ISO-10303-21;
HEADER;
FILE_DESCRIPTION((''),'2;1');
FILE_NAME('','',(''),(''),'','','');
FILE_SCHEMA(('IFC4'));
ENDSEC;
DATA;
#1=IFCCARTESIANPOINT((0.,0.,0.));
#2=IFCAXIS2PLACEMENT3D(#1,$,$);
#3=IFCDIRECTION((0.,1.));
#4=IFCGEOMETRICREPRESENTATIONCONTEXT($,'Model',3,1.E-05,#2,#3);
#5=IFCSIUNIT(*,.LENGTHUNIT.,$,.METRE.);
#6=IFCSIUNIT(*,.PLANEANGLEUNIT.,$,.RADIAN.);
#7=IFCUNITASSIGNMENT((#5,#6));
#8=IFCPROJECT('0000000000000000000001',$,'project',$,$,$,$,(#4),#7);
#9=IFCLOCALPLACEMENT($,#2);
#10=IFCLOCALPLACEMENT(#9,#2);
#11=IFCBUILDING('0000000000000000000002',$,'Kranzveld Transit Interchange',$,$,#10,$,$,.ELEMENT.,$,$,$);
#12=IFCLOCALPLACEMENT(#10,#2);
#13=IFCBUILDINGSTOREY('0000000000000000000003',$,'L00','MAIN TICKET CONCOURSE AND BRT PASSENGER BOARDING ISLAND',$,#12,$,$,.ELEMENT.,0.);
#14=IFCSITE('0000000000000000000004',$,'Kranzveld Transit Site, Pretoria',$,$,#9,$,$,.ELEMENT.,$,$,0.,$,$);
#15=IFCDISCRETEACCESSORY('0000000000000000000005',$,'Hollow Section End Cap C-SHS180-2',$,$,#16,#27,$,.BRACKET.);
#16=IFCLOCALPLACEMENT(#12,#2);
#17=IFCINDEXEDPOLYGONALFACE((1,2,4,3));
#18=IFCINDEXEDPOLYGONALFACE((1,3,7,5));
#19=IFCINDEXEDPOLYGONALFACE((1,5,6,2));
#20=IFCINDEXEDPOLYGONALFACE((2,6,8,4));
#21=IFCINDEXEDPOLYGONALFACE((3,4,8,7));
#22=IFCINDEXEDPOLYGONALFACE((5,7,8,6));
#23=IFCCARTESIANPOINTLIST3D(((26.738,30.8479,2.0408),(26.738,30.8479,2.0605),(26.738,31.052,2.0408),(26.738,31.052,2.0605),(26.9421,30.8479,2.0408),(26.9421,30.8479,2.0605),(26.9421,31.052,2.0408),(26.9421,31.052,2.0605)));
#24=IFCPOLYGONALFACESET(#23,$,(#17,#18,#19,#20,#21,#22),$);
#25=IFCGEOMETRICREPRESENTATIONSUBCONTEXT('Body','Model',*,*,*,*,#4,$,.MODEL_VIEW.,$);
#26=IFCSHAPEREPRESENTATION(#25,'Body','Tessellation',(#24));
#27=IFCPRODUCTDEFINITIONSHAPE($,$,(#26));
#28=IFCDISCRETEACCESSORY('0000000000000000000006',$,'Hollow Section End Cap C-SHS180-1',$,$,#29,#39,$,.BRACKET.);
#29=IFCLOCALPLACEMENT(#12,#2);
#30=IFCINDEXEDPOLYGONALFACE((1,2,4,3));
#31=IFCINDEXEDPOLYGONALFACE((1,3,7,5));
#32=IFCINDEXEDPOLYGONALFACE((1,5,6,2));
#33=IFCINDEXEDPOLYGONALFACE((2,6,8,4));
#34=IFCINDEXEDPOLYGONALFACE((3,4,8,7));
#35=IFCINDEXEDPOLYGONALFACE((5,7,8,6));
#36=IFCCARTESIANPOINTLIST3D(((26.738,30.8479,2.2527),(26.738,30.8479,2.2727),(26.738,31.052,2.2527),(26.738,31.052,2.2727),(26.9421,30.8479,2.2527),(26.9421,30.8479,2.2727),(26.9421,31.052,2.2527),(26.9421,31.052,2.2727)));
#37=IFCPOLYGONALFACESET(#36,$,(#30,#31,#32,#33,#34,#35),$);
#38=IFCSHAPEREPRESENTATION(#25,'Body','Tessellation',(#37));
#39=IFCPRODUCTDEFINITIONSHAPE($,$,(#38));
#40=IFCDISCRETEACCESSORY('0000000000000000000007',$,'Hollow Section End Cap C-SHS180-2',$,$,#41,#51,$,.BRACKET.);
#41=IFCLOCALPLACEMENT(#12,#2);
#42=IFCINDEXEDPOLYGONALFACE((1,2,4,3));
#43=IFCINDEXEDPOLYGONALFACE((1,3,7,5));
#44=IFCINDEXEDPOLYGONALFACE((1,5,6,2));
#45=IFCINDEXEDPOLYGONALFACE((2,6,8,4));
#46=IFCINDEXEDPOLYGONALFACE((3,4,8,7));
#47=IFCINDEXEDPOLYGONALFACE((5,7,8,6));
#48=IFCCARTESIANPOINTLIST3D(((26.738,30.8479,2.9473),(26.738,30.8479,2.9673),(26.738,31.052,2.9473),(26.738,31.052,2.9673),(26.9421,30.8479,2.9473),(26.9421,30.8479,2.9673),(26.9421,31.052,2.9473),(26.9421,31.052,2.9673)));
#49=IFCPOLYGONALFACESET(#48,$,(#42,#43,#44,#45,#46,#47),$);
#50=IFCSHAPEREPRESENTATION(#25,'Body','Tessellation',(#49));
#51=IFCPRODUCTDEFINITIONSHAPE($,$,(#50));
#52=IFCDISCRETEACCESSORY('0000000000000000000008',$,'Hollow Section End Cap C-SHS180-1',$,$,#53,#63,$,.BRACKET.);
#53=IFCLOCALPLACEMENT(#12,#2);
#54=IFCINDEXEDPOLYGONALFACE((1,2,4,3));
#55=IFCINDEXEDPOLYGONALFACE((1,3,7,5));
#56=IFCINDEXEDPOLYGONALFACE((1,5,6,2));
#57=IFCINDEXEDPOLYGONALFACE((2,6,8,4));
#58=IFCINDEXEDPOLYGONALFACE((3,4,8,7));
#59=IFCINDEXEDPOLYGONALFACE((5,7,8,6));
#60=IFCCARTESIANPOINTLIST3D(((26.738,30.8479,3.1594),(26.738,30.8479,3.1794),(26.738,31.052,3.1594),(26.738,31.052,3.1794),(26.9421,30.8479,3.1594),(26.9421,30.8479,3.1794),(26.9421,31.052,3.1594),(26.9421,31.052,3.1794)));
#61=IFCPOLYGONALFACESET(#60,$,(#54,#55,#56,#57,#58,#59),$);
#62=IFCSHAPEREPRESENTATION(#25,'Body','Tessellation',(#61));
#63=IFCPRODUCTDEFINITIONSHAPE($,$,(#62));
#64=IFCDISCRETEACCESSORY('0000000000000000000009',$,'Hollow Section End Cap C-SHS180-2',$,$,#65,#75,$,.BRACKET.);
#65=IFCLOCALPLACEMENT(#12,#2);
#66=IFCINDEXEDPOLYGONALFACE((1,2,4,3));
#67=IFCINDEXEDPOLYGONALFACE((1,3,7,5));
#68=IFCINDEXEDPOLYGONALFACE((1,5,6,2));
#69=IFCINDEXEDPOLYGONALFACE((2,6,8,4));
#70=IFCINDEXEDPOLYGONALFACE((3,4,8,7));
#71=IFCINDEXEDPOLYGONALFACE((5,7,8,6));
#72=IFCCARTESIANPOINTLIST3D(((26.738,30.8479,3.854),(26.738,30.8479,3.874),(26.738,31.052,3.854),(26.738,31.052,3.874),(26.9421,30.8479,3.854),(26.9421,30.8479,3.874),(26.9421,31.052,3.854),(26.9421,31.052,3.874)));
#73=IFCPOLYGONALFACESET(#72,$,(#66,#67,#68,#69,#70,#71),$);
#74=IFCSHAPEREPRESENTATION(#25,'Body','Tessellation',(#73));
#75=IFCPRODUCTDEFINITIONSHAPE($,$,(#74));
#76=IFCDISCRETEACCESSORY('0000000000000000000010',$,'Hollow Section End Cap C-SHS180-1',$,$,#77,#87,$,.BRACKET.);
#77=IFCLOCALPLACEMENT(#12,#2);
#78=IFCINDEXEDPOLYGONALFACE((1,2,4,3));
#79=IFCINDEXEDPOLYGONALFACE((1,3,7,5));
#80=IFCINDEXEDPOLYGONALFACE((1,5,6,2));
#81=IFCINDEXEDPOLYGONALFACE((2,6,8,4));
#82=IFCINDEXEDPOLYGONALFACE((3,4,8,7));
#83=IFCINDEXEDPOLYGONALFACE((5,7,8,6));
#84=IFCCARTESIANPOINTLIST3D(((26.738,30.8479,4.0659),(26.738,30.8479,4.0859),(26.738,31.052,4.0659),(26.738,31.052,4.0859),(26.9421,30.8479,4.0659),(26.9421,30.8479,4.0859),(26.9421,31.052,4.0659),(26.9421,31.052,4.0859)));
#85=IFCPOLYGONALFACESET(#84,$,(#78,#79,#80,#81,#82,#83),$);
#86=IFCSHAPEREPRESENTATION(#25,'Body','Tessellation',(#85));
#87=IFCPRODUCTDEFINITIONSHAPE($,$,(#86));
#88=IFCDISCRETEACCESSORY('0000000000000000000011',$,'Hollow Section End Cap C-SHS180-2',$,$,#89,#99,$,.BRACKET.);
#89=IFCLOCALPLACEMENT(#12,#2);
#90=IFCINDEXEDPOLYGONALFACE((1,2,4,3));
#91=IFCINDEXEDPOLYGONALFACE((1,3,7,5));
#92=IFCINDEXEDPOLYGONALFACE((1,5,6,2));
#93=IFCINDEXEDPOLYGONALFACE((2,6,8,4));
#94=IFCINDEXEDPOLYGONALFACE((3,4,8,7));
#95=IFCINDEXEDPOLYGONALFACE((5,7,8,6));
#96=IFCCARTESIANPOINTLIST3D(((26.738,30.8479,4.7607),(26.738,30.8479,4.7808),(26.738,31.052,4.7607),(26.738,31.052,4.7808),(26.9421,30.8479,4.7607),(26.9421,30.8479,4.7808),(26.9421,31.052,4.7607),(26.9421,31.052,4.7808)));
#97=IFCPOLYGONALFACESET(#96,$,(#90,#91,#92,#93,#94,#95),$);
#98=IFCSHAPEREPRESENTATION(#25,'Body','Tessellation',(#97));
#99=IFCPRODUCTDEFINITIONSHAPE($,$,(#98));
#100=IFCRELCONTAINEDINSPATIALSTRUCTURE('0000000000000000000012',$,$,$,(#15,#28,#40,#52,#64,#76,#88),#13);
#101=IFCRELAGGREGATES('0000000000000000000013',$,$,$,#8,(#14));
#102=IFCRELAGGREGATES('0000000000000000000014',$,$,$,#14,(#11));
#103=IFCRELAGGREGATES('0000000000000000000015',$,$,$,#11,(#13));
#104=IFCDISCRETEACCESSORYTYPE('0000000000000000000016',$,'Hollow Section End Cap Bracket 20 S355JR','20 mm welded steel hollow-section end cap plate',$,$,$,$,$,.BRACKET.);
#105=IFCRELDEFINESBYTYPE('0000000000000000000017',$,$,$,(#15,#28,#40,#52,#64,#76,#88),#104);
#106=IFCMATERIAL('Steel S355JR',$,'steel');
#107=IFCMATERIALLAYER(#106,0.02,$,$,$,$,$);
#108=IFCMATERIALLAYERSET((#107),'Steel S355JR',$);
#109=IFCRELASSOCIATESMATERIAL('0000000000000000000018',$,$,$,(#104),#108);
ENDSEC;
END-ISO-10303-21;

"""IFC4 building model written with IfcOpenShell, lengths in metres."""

from ifc_helpers import new_model, si_unit, direction, frame, origin, origin_2d, place, context, subcontext, project, spatial, rectangle, extrude, material, layer, layer_set, type_object, element, save


model = new_model("IFC4")

# Units and contexts
model_context = context("Model", 3, precision=1e-05, world=origin(), true_north=direction((0.0, 1.0)))
body_context = subcontext(model_context, "Body", "Model", "MODEL_VIEW")
ifc_project = project(units=[si_unit("LENGTHUNIT", "METRE"), si_unit("PLANEANGLEUNIT", "RADIAN")], contexts=[model_context])

# Site, building, storey
site_placement = place(None, origin())
site = spatial("IfcSite", under=ifc_project, at=site_placement, Name="Kranzveld Transit Site, Pretoria", CompositionType="ELEMENT", RefElevation=0.0)
building_placement = place(site_placement, origin())
building = spatial("IfcBuilding", under=site, at=building_placement, Name="Kranzveld Transit Interchange", CompositionType="ELEMENT")
storey_placement = place(building_placement, origin())
storey = spatial("IfcBuildingStorey", under=building, at=storey_placement, Name="L00", Description="MAIN TICKET CONCOURSE AND BRT PASSENGER BOARDING ISLAND", CompositionType="ELEMENT", Elevation=0.0)

# Discrete accessories
ifc_material_1 = material(Name="Steel S355JR", Category="steel")
ifc_layer_1 = layer(ifc_material_1, 0.02)
ifc_layer_set_1 = layer_set([ifc_layer_1], Name="Steel S355JR")
discrete_accessory_type = type_object("IfcDiscreteAccessoryType", Name="Hollow Section End Cap Bracket 20 S355JR", Description="20 mm welded steel hollow-section end cap plate", PredefinedType="BRACKET", material=ifc_layer_set_1)
discrete_accessory_1_placement = place(storey_placement, frame((26.8401, 30.95, 2.0408), z_axis=(0.0, 0.0, 1.0), x_axis=(1.0, 0.0, 0.0)))
element("IfcDiscreteAccessory", 1, at=discrete_accessory_1_placement, inside=storey, type_object=discrete_accessory_type, Name="Hollow Section End Cap C-SHS180-2", PredefinedType="BRACKET", context=body_context, shape_type="SweptSolid", body=[
    extrude(rectangle(XDim=0.2041, YDim=0.2041, at=origin_2d()), origin(), (0.0, 0.0, 1.0), 0.0198),
])
for number, where, z_axis, x_axis, name in (
    (2, (26.8401, 30.95, 2.2727), (0.0, 0.0, -1.0), (1.0, 0.0, 0.0), "Hollow Section End Cap C-SHS180-1"),
    (3, (26.8401, 30.95, 2.9473), (0.0, 0.0, 1.0), (1.0, 0.0, 0.0), "Hollow Section End Cap C-SHS180-2"),
    (4, (26.8401, 30.95, 3.1794), (0.0, 0.0, -1.0), (1.0, 0.0, 0.0), "Hollow Section End Cap C-SHS180-1"),
    (5, (26.8401, 30.95, 3.854), (0.0, 0.0, 1.0), (1.0, 0.0, 0.0), "Hollow Section End Cap C-SHS180-2"),
    (6, (26.8401, 30.95, 4.0859), (0.0, 0.0, -1.0), (1.0, 0.0, 0.0), "Hollow Section End Cap C-SHS180-1"),
    (7, (26.8401, 30.95, 4.7607), (0.0, 0.0, 1.0), (1.0, 0.0, 0.0), "Hollow Section End Cap C-SHS180-2"),
):
    element("IfcDiscreteAccessory", number, at=place(storey_placement, frame(where, z_axis=z_axis, x_axis=x_axis)), inside=storey, type_object=discrete_accessory_type, Name=name, PredefinedType="BRACKET", context=body_context, shape_type="SweptSolid", body=[
        extrude(rectangle(XDim=0.2041, YDim=0.2041, at=origin_2d()), origin(), (0.0, 0.0, 1.0), 0.02),
    ])

save(model, "model.ifc")
